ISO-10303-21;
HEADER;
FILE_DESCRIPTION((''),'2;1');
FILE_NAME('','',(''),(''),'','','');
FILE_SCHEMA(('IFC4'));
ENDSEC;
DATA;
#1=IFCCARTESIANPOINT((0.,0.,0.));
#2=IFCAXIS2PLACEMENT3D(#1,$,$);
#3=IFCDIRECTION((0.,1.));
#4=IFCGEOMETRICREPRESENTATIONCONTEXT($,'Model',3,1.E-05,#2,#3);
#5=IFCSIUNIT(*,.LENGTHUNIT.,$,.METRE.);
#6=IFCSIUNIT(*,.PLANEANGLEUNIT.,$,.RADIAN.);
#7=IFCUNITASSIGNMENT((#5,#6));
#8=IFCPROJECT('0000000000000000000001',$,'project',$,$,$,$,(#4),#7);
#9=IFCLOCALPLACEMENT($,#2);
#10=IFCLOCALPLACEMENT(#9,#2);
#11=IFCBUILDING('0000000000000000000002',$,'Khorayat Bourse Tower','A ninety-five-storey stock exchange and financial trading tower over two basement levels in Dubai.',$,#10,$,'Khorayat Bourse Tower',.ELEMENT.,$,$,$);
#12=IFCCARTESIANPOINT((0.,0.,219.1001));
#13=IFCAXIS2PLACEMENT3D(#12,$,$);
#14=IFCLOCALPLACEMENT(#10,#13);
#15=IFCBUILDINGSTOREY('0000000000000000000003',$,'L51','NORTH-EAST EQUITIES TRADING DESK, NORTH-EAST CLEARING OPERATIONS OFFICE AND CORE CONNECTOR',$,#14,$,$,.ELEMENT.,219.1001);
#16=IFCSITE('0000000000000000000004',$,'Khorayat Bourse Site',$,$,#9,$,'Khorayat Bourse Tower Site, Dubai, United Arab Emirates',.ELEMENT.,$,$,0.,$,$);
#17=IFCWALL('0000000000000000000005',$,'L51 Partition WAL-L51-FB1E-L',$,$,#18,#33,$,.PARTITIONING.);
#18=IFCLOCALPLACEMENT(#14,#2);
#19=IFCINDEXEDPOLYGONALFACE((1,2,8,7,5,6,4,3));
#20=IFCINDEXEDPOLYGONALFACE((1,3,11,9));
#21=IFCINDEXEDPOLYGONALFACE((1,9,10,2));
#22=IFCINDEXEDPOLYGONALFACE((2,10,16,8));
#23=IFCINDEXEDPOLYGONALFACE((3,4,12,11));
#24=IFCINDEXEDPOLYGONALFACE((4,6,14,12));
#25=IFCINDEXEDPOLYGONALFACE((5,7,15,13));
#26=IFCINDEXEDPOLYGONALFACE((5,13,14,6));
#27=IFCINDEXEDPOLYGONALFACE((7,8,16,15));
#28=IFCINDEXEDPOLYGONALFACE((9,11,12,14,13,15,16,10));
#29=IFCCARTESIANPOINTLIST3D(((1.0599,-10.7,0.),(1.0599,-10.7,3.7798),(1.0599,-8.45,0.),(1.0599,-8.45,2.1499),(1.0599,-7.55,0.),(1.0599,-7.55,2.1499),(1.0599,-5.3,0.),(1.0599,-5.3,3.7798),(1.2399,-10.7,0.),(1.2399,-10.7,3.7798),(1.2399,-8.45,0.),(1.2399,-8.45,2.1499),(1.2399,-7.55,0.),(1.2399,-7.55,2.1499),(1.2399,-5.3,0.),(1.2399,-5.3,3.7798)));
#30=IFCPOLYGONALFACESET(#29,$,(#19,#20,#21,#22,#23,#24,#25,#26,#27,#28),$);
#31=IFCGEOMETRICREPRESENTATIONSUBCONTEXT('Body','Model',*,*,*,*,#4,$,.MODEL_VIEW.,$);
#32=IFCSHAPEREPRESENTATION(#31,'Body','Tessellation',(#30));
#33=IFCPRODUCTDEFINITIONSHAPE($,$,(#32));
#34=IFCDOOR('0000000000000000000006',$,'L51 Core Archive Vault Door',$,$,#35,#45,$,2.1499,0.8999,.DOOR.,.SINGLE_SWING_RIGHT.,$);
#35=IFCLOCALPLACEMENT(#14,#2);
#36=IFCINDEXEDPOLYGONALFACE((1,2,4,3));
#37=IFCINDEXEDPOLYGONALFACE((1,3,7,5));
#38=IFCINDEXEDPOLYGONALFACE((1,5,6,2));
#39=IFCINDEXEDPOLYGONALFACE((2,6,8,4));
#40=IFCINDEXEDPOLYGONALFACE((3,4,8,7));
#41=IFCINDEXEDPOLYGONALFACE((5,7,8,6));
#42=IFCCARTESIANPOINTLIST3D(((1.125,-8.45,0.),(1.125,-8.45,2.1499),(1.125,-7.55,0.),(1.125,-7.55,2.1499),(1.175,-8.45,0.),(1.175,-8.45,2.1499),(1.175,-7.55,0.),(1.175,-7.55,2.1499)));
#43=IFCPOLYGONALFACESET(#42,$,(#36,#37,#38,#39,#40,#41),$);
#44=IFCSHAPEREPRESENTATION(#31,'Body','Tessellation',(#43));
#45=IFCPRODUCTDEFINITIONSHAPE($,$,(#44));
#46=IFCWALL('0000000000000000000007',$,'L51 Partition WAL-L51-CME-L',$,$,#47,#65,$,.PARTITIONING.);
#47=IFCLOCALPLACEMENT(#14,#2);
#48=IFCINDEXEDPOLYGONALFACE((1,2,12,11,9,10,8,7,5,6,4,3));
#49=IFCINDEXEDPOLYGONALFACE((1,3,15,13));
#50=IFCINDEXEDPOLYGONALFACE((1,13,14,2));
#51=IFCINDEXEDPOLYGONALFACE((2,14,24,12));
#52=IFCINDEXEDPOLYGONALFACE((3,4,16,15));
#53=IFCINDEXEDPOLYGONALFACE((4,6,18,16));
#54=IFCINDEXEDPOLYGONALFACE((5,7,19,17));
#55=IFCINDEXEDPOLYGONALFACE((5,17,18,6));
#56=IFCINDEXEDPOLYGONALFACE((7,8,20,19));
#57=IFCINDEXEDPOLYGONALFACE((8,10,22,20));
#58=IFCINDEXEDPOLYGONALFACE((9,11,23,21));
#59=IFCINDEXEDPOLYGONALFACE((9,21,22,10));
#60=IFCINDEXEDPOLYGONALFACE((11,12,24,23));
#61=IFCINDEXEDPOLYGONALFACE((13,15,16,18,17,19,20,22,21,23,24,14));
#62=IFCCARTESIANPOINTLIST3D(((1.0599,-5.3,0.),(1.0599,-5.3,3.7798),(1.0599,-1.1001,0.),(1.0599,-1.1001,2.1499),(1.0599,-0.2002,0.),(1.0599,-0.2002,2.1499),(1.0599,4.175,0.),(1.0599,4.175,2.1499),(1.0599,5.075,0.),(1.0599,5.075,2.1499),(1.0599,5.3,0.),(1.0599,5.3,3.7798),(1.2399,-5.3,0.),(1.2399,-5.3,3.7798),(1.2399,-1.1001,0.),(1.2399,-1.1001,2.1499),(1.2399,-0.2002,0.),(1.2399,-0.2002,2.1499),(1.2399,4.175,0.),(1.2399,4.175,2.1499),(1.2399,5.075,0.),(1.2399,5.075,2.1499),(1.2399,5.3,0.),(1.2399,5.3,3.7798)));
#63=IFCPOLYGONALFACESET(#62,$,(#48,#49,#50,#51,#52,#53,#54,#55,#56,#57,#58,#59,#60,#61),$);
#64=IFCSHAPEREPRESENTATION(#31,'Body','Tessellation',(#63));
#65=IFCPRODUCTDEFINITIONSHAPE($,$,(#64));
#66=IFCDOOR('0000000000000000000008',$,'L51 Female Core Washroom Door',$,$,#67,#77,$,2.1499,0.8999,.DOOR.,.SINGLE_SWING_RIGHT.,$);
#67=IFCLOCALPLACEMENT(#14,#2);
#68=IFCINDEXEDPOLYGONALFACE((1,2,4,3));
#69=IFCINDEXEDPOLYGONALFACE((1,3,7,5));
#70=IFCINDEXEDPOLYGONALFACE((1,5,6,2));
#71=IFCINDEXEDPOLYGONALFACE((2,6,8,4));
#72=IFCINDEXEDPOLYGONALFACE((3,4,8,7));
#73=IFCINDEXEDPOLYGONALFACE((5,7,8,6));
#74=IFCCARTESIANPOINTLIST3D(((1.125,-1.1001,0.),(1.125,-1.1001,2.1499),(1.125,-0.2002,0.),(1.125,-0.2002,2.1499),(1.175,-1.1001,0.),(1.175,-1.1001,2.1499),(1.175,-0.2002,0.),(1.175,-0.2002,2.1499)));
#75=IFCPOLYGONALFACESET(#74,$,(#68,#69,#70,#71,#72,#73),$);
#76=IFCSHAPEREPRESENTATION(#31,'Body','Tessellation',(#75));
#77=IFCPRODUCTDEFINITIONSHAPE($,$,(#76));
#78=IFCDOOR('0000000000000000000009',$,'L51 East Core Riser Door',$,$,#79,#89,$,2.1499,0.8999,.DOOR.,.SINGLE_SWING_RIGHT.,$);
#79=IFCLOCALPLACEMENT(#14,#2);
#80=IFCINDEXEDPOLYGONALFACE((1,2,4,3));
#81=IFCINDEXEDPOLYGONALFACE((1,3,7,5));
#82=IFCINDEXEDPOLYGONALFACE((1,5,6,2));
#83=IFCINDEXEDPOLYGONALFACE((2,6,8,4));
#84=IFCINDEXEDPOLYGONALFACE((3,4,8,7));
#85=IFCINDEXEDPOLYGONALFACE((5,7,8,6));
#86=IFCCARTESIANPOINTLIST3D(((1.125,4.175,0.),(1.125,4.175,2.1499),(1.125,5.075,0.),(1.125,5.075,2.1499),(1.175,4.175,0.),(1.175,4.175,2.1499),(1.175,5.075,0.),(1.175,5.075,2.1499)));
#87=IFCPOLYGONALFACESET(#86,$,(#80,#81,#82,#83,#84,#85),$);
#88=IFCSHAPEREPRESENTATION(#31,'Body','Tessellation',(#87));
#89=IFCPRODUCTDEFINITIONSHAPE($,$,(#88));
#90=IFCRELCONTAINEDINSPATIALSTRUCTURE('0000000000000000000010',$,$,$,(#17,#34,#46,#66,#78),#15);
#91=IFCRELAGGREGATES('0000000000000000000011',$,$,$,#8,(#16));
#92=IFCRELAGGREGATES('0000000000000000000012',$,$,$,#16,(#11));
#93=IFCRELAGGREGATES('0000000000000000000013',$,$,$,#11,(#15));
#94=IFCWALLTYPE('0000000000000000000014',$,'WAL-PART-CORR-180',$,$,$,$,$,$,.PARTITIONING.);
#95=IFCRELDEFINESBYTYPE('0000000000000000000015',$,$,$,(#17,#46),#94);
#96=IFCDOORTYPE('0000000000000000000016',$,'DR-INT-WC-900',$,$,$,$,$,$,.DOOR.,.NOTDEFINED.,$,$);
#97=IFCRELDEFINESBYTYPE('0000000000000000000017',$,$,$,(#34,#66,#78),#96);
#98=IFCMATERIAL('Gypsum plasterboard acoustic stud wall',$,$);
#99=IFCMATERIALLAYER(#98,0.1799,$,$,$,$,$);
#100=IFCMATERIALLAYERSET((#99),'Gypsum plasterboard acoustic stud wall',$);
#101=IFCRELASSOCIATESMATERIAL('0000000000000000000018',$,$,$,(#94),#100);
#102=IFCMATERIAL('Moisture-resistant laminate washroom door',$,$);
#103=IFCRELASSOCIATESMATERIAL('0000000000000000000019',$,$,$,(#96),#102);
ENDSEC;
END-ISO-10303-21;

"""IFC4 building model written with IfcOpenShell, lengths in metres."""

from ifc_helpers import new_model, si_unit, direction, frame, frame_2d, origin, place, context, subcontext, project, spatial, rectangle, extrude, source, transform, mapped, material, layer, layer_set, type_object, element, fill, save


model = new_model("IFC4")

# Units and contexts
model_context = context("Model", 3, precision=1e-05, world=origin(), true_north=direction((0.0, 1.0)))
body_context = subcontext(model_context, "Body", "Model", "MODEL_VIEW")
ifc_project = project(units=[si_unit("LENGTHUNIT", "METRE"), si_unit("PLANEANGLEUNIT", "RADIAN")], contexts=[model_context])

# Site, building, storey
site_placement = place(None, origin())
site = spatial("IfcSite", under=ifc_project, at=site_placement, Name="Khorayat Bourse Site", LongName="Khorayat Bourse Tower Site, Dubai, United Arab Emirates", CompositionType="ELEMENT", RefElevation=0.0)
building_placement = place(site_placement, origin())
building = spatial("IfcBuilding", under=site, at=building_placement, Name="Khorayat Bourse Tower", Description="A ninety-five-storey stock exchange and financial trading tower over two basement levels in Dubai.", LongName="Khorayat Bourse Tower", CompositionType="ELEMENT")
storey_placement = place(building_placement, frame((0.0, 0.0, 219.1001)))
storey = spatial("IfcBuildingStorey", under=building, at=storey_placement, Name="L51", Description="NORTH-EAST EQUITIES TRADING DESK, NORTH-EAST CLEARING OPERATIONS OFFICE AND CORE CONNECTOR", CompositionType="ELEMENT", Elevation=219.1001)

# Shared definitions
ifc_material_1 = material(Name="Gypsum plasterboard acoustic stud wall")
ifc_layer_1 = layer(ifc_material_1, 0.1799)
ifc_layer_set_1 = layer_set([ifc_layer_1], Name="Gypsum plasterboard acoustic stud wall")
wall_type_1 = type_object("IfcWallType", Name="WAL-PART-CORR-180", PredefinedType="PARTITIONING", material=ifc_layer_set_1)
shared_shape_1 = source(origin(), body_context, "Body", "SweptSolid", [
    extrude(rectangle(XDim=5.3999, YDim=0.1799, at=frame_2d((2.7, 0.0))), origin(), (0.0, 0.0, 1.0), 3.7798),
])
shared_shape_2 = source(origin(), body_context, "Body", "SweptSolid", [
    extrude(rectangle(XDim=0.8999, YDim=2.1499, at=frame_2d((0.45, 1.075))), frame((0.0, 0.0999, 0.0), z_axis=(0.0, -1.0, 0.0), x_axis=(1.0, 0.0, 0.0)), (0.0, 0.0, 1.0), 0.2),
])
ifc_material_2 = material(Name="Moisture-resistant laminate washroom door")
door_type = type_object("IfcDoorType", Name="DR-INT-WC-900", OperationType="NOTDEFINED", PredefinedType="DOOR", material=ifc_material_2)
shared_shape_3 = source(origin(), body_context, "Body", "SweptSolid", [
    extrude(rectangle(XDim=0.8999, YDim=2.1499, at=frame_2d((0.45, 1.075))), frame((0.0, 0.0249, 0.0), z_axis=(0.0, -1.0, 0.0), x_axis=(1.0, 0.0, 0.0)), (0.0, 0.0, 1.0), 0.05),
])

# Wall, opening, door
wall_1_placement = place(storey_placement, frame((1.1499, -10.7, 0.0), z_axis=(0.0, 0.0, 1.0), x_axis=(0.0, 1.0, 0.0)))
wall_1 = element("IfcWall", 1, at=wall_1_placement, inside=storey, type_object=wall_type_1, Name="L51 Partition WAL-L51-FB1E-L", PredefinedType="PARTITIONING", context=body_context, shape_type="MappedRepresentation", body=[
    mapped(shared_shape_1, transform((0.0, 0.0, 0.0), scale=1.0)),
])
opening_1_placement = place(wall_1_placement, frame((2.25, 0.0, 0.0)))
opening_1 = element("IfcOpeningElement", 2, at=opening_1_placement, cuts=wall_1, PredefinedType="OPENING", context=body_context, shape_type="MappedRepresentation", body=[
    mapped(shared_shape_2, transform((0.0, 0.0, 0.0), scale=1.0)),
])
door_1_placement = place(opening_1_placement, origin())
door_1 = element("IfcDoor", 3, at=door_1_placement, inside=storey, type_object=door_type, Name="L51 Core Archive Vault Door", OperationType="SINGLE_SWING_RIGHT", OverallHeight=2.1499, OverallWidth=0.8999, PredefinedType="DOOR", context=body_context, shape_type="MappedRepresentation", body=[
    mapped(shared_shape_3, transform((0.0, 0.0, 0.0), scale=1.0)),
])
fill(opening_1, door_1)

# Wall, openings, doors
shared_shape_4 = source(origin(), body_context, "Body", "SweptSolid", [
    extrude(rectangle(XDim=10.6001, YDim=0.1799, at=frame_2d((5.3, 0.0))), origin(), (0.0, 0.0, 1.0), 3.7798),
])
wall_2_placement = place(storey_placement, frame((1.1499, -5.3, 0.0), z_axis=(0.0, 0.0, 1.0), x_axis=(0.0, 1.0, 0.0)))
wall_2 = element("IfcWall", 4, at=wall_2_placement, inside=storey, type_object=wall_type_1, Name="L51 Partition WAL-L51-CME-L", PredefinedType="PARTITIONING", context=body_context, shape_type="MappedRepresentation", body=[
    mapped(shared_shape_4, transform((0.0, 0.0, 0.0), scale=1.0)),
])
opening_2_placement = place(wall_2_placement, frame((4.2, 0.0, 0.0)))
opening_2 = element("IfcOpeningElement", 5, at=opening_2_placement, cuts=wall_2, PredefinedType="OPENING", context=body_context, shape_type="MappedRepresentation", body=[
    mapped(shared_shape_2, transform((0.0, 0.0, 0.0), scale=1.0)),
])
opening_3_placement = place(wall_2_placement, frame((9.4751, 0.0, 0.0)))
opening_3 = element("IfcOpeningElement", 6, at=opening_3_placement, cuts=wall_2, PredefinedType="OPENING", context=body_context, shape_type="MappedRepresentation", body=[
    mapped(shared_shape_2, transform((0.0, 0.0, 0.0), scale=1.0)),
])
door_2_placement = place(opening_2_placement, origin())
door_2 = element("IfcDoor", 7, at=door_2_placement, inside=storey, type_object=door_type, Name="L51 Female Core Washroom Door", OperationType="SINGLE_SWING_RIGHT", OverallHeight=2.1499, OverallWidth=0.8999, PredefinedType="DOOR", context=body_context, shape_type="MappedRepresentation", body=[
    mapped(shared_shape_3, transform((0.0, 0.0, 0.0), scale=1.0)),
])
fill(opening_2, door_2)
door_3_placement = place(opening_3_placement, origin())
door_3 = element("IfcDoor", 8, at=door_3_placement, inside=storey, type_object=door_type, Name="L51 East Core Riser Door", OperationType="SINGLE_SWING_RIGHT", OverallHeight=2.1499, OverallWidth=0.8999, PredefinedType="DOOR", context=body_context, shape_type="MappedRepresentation", body=[
    mapped(shared_shape_3, transform((0.0, 0.0, 0.0), scale=1.0)),
])
fill(opening_3, door_3)

save(model, "model.ifc")
